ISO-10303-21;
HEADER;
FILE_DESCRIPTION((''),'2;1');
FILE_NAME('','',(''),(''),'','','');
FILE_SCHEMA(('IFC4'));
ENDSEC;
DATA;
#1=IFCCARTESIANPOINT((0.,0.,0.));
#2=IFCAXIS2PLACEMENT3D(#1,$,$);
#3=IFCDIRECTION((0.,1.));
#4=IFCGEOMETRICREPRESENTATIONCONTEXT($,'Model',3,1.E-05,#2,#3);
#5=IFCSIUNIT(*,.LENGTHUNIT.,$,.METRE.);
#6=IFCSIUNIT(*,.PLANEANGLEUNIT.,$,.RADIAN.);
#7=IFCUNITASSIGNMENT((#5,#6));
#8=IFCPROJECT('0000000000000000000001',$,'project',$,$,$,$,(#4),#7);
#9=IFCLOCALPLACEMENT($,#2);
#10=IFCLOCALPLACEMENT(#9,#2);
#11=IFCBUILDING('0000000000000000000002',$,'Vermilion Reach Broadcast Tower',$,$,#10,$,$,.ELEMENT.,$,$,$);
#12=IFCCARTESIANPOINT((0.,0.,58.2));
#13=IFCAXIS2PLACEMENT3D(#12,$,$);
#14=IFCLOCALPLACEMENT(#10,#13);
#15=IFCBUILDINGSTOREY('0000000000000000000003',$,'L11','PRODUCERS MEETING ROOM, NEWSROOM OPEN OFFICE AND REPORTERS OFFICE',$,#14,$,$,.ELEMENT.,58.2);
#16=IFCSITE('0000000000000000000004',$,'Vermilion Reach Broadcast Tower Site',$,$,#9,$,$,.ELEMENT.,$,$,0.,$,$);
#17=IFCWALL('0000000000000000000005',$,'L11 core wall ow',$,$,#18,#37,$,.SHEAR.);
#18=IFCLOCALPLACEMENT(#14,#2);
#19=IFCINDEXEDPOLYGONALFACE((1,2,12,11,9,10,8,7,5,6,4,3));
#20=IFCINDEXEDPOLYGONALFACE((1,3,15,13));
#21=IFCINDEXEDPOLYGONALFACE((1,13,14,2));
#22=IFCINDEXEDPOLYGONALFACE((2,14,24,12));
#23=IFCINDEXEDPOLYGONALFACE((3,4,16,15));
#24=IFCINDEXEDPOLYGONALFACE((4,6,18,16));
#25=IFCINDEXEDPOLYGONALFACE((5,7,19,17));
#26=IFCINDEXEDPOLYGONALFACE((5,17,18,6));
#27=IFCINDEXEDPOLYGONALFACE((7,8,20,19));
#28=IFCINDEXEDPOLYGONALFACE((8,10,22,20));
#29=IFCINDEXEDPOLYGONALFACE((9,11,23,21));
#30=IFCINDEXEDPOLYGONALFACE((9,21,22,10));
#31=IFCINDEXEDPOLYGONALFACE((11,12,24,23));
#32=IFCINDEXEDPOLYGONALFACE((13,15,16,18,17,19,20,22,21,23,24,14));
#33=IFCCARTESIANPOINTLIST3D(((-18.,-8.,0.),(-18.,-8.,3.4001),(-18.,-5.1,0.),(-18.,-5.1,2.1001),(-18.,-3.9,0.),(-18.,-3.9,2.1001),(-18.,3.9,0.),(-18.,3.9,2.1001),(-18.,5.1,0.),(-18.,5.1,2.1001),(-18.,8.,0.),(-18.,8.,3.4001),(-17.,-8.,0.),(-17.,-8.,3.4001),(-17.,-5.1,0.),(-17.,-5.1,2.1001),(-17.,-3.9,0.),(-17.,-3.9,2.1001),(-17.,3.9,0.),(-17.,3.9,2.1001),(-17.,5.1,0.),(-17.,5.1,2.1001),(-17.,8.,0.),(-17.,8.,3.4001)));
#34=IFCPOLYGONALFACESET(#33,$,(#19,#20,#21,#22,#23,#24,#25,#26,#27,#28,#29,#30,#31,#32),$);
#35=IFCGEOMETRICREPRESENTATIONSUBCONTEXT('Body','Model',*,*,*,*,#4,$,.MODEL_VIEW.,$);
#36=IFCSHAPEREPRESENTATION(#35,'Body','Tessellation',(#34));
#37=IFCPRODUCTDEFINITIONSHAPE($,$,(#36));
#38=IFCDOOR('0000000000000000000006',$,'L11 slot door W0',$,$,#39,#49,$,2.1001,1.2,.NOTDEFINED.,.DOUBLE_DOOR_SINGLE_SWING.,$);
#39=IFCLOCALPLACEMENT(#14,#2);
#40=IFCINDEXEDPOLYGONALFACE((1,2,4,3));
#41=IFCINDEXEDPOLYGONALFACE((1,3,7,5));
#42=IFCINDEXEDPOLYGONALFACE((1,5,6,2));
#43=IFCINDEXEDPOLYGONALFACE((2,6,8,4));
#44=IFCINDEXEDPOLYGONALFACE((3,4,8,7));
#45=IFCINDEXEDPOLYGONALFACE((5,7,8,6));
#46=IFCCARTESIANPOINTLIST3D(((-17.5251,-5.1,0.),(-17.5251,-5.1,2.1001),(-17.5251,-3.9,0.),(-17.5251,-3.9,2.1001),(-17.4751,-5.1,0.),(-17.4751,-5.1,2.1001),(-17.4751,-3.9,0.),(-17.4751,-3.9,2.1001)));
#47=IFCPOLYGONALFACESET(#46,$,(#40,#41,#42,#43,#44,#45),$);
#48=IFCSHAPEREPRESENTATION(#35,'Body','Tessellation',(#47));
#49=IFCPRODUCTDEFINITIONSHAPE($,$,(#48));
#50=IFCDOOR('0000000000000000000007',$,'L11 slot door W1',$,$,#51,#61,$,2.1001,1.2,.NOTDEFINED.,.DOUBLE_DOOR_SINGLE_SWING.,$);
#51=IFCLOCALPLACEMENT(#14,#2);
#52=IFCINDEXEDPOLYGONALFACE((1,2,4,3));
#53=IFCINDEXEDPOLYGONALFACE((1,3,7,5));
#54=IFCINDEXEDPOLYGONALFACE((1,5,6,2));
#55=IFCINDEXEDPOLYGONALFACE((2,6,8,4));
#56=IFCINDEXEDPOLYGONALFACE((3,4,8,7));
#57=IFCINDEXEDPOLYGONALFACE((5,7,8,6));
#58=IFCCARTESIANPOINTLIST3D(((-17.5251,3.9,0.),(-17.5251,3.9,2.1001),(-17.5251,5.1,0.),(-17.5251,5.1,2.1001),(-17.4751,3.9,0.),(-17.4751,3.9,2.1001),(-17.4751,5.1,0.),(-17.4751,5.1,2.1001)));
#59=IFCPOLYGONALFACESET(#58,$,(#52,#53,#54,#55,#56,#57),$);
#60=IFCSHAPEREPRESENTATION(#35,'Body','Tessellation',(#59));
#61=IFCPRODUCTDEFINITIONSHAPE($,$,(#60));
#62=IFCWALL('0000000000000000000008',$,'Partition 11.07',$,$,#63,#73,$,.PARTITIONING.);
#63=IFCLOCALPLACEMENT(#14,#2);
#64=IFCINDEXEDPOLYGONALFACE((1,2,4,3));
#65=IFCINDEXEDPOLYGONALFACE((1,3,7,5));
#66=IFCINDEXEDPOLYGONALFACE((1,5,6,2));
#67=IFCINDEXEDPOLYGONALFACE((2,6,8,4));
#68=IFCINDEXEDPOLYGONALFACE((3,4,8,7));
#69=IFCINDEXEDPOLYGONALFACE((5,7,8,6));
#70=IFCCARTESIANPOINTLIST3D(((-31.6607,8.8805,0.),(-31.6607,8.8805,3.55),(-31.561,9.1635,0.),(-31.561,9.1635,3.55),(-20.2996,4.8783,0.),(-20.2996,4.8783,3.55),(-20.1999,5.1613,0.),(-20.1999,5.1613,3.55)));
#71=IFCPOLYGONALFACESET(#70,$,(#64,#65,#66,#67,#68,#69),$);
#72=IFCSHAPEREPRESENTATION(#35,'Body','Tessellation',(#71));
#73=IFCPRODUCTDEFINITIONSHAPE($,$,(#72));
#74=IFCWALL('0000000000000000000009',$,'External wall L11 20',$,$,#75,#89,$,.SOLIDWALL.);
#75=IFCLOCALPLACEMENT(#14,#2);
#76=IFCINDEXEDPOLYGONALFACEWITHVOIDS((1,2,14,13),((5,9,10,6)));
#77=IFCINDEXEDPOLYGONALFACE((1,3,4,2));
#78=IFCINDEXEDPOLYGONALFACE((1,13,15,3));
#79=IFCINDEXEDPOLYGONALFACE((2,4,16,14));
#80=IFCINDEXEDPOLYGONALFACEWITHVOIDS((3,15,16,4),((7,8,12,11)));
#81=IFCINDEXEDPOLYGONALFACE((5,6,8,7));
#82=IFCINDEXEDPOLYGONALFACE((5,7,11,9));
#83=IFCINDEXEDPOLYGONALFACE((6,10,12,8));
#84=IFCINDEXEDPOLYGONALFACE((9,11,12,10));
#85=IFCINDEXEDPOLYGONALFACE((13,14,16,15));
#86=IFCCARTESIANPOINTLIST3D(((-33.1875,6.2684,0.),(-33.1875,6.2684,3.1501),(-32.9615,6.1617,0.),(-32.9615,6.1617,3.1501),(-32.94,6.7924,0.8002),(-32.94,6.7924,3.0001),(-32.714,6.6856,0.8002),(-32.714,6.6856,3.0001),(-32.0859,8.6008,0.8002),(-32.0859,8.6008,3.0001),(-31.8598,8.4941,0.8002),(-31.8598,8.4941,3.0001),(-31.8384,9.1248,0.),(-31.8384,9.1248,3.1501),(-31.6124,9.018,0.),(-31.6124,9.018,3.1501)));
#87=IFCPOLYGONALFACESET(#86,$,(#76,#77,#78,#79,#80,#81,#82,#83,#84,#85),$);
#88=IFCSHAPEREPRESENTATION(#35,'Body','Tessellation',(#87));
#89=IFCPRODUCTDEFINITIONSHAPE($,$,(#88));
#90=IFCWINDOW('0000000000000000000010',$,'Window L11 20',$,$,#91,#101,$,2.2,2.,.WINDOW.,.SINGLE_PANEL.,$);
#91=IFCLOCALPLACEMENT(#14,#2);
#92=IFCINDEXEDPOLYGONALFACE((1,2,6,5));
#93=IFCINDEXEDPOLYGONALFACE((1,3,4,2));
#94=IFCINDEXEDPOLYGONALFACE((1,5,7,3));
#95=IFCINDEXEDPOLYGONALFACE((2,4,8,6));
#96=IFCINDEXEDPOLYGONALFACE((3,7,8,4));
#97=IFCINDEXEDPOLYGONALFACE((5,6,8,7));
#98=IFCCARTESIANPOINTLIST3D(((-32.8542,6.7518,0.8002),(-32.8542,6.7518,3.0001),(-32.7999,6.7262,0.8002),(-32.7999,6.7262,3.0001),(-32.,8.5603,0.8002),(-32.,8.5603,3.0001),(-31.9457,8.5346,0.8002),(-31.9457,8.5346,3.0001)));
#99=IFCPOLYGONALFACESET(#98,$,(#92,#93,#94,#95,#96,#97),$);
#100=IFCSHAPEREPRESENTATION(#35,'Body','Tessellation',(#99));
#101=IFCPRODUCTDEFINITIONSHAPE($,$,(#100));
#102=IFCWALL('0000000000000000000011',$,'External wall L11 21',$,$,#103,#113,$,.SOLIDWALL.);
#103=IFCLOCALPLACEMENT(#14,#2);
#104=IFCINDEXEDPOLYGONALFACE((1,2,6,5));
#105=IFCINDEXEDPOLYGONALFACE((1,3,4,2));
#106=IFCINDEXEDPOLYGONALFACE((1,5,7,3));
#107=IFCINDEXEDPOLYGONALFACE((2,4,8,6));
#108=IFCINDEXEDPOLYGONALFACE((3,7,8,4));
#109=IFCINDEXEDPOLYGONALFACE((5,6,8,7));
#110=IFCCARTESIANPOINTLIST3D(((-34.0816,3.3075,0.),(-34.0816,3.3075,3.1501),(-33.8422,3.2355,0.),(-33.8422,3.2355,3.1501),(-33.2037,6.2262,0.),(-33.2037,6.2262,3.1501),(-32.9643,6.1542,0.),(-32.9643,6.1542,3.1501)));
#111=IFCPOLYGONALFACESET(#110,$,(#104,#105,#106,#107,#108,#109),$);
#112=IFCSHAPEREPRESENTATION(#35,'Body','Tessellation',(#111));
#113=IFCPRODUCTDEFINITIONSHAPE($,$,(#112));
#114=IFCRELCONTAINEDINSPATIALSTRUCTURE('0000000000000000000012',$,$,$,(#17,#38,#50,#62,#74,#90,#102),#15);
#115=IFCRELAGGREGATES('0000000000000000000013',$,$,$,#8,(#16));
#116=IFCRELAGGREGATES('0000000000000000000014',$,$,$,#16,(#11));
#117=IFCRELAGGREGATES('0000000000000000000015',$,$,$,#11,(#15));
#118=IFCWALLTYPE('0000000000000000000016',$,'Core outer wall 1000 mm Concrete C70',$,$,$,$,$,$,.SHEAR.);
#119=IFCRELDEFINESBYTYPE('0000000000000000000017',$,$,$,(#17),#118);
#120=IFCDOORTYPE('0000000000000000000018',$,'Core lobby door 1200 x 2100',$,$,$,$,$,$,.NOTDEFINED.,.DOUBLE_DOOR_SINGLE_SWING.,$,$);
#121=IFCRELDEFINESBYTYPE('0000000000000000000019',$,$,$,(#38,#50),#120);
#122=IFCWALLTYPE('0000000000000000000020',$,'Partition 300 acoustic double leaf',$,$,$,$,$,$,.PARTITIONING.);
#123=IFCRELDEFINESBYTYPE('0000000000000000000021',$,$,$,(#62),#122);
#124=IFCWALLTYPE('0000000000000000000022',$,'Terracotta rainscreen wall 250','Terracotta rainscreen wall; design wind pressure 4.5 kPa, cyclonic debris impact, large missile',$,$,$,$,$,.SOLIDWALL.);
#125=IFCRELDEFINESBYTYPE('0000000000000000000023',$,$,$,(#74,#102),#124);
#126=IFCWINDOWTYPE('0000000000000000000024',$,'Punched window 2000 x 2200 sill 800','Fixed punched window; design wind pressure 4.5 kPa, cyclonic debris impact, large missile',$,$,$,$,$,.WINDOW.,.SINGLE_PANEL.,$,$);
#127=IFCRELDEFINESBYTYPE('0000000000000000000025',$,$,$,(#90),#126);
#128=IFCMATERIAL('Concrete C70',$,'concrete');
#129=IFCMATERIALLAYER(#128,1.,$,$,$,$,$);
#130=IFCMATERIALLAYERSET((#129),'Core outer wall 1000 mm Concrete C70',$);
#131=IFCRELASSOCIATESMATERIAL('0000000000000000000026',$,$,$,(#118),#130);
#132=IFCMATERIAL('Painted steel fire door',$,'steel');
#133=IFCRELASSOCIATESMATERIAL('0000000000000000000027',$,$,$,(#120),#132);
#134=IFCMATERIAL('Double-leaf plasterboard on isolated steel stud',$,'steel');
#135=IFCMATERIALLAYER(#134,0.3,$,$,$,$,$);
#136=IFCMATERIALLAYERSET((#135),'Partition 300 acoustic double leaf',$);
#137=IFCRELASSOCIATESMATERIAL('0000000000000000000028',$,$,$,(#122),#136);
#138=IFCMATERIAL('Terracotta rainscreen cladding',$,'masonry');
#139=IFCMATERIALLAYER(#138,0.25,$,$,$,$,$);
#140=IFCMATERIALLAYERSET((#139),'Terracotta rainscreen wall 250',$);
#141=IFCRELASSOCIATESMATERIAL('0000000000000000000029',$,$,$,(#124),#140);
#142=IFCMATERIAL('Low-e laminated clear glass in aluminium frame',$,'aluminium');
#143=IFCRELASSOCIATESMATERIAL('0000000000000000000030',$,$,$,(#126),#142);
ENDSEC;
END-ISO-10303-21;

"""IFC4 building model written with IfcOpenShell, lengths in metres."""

from ifc_helpers import new_model, si_unit, direction, frame, frame_2d, origin, place, context, subcontext, project, spatial, rectangle, extrude, material, layer, layer_set, type_object, element, fill, save


model = new_model("IFC4")

# Units and contexts
model_context = context("Model", 3, precision=1e-05, world=origin(), true_north=direction((0.0, 1.0)))
body_context = subcontext(model_context, "Body", "Model", "MODEL_VIEW")
ifc_project = project(units=[si_unit("LENGTHUNIT", "METRE"), si_unit("PLANEANGLEUNIT", "RADIAN")], contexts=[model_context])

# Site, building, storey
site_placement = place(None, origin())
site = spatial("IfcSite", under=ifc_project, at=site_placement, Name="Vermilion Reach Broadcast Tower Site", CompositionType="ELEMENT", RefElevation=0.0)
building_placement = place(site_placement, origin())
building = spatial("IfcBuilding", under=site, at=building_placement, Name="Vermilion Reach Broadcast Tower", CompositionType="ELEMENT")
storey_placement = place(building_placement, frame((0.0, 0.0, 58.2)))
storey = spatial("IfcBuildingStorey", under=building, at=storey_placement, Name="L11", Description="PRODUCERS MEETING ROOM, NEWSROOM OPEN OFFICE AND REPORTERS OFFICE", CompositionType="ELEMENT", Elevation=58.2)

# Wall, openings, doors
ifc_material_1 = material(Name="Concrete C70", Category="concrete")
ifc_layer_1 = layer(ifc_material_1, 1.0)
ifc_layer_set_1 = layer_set([ifc_layer_1], Name="Core outer wall 1000 mm Concrete C70")
wall_type_1 = type_object("IfcWallType", Name="Core outer wall 1000 mm Concrete C70", PredefinedType="SHEAR", material=ifc_layer_set_1)
wall_1_placement = place(storey_placement, frame((-17.5, 8.0, 0.0), z_axis=(0.0, 0.0, 1.0), x_axis=(0.0, -1.0, 0.0)))
wall_1 = element("IfcWall", 1, at=wall_1_placement, inside=storey, type_object=wall_type_1, Name="L11 core wall ow", PredefinedType="SHEAR", context=body_context, shape_type="SweptSolid", body=[
    extrude(rectangle(XDim=16.0, YDim=1.0, at=frame_2d((8.0, 0.0))), origin(), (0.0, 0.0, 1.0), 3.4001),
])
opening_1_placement = place(wall_1_placement, frame((11.8999, 0.0, 0.0)))
opening_1 = element("IfcOpeningElement", 2, at=opening_1_placement, cuts=wall_1, PredefinedType="OPENING", context=body_context, shape_type="SweptSolid", body=[
    extrude(rectangle(XDim=1.2, YDim=2.1001, at=frame_2d((0.6001, 1.05))), frame((0.0, 0.51, 0.0), z_axis=(0.0, -1.0, 0.0), x_axis=(1.0, 0.0, 0.0)), (0.0, 0.0, 1.0), 1.02),
])
opening_2_placement = place(wall_1_placement, frame((2.8999, 0.0, 0.0)))
opening_2 = element("IfcOpeningElement", 3, at=opening_2_placement, cuts=wall_1, PredefinedType="OPENING", context=body_context, shape_type="SweptSolid", body=[
    extrude(rectangle(XDim=1.2, YDim=2.1001, at=frame_2d((0.6001, 1.05))), frame((0.0, 0.51, 0.0), z_axis=(0.0, -1.0, 0.0), x_axis=(1.0, 0.0, 0.0)), (0.0, 0.0, 1.0), 1.02),
])
ifc_material_2 = material(Name="Painted steel fire door", Category="steel")
door_type_1 = type_object("IfcDoorType", Name="Core lobby door 1200 x 2100", OperationType="DOUBLE_DOOR_SINGLE_SWING", PredefinedType="NOTDEFINED", material=ifc_material_2)
door_1_placement = place(opening_1_placement, origin())
door_1 = element("IfcDoor", 4, at=door_1_placement, inside=storey, type_object=door_type_1, Name="L11 slot door W0", OperationType="DOUBLE_DOOR_SINGLE_SWING", OverallHeight=2.1001, OverallWidth=1.2, PredefinedType="NOTDEFINED", context=body_context, shape_type="SweptSolid", body=[
    extrude(rectangle(XDim=1.2, YDim=2.1001, at=frame_2d((0.6001, 1.05))), frame((0.0, 0.0249, 0.0), z_axis=(0.0, -1.0, 0.0), x_axis=(1.0, 0.0, 0.0)), (0.0, 0.0, 1.0), 0.05),
])
fill(opening_1, door_1)
door_2_placement = place(opening_2_placement, origin())
door_2 = element("IfcDoor", 5, at=door_2_placement, inside=storey, type_object=door_type_1, Name="L11 slot door W1", OperationType="DOUBLE_DOOR_SINGLE_SWING", OverallHeight=2.1001, OverallWidth=1.2, PredefinedType="NOTDEFINED", context=body_context, shape_type="SweptSolid", body=[
    extrude(rectangle(XDim=1.2, YDim=2.1001, at=frame_2d((0.6001, 1.05))), frame((0.0, 0.0249, 0.0), z_axis=(0.0, -1.0, 0.0), x_axis=(1.0, 0.0, 0.0)), (0.0, 0.0, 1.0), 0.05),
])
fill(opening_2, door_2)

# Wall
ifc_material_3 = material(Name="Double-leaf plasterboard on isolated steel stud", Category="steel")
ifc_layer_2 = layer(ifc_material_3, 0.3)
ifc_layer_set_2 = layer_set([ifc_layer_2], Name="Partition 300 acoustic double leaf")
wall_type_2 = type_object("IfcWallType", Name="Partition 300 acoustic double leaf", PredefinedType="PARTITIONING", material=ifc_layer_set_2)
wall_2_placement = place(storey_placement, frame((-31.6108, 9.022, 0.0), z_axis=(0.0, 0.0, 1.0), x_axis=(0.943188, -0.332259, 0.0)))
element("IfcWall", 6, at=wall_2_placement, inside=storey, type_object=wall_type_2, Name="Partition 11.07", PredefinedType="PARTITIONING", context=body_context, shape_type="SweptSolid", body=[
    extrude(rectangle(XDim=12.0454, YDim=0.3, at=frame_2d((6.0227, 0.0))), origin(), (0.0, 0.0, 1.0), 3.55),
])

# Wall, opening, window
ifc_material_4 = material(Name="Terracotta rainscreen cladding", Category="masonry")
ifc_layer_3 = layer(ifc_material_4, 0.25)
ifc_layer_set_3 = layer_set([ifc_layer_3], Name="Terracotta rainscreen wall 250")
wall_type_3 = type_object("IfcWallType", Name="Terracotta rainscreen wall 250", Description="Terracotta rainscreen wall; design wind pressure 4.5 kPa, cyclonic debris impact, large missile", PredefinedType="SOLIDWALL", material=ifc_layer_set_3)
wall_3_placement = place(storey_placement, frame((-31.7253, 9.0715, 0.0), z_axis=(0.0, 0.0, 1.0), x_axis=(-0.427069, -0.904219, 0.0)))
wall_3 = element("IfcWall", 7, at=wall_3_placement, inside=storey, type_object=wall_type_3, Name="External wall L11 20", PredefinedType="SOLIDWALL", context=body_context, shape_type="SweptSolid", body=[
    extrude(rectangle(XDim=3.1589, YDim=0.25, at=frame_2d((1.5796, 0.0))), origin(), (0.0, 0.0, 1.0), 3.1501),
])
opening_3_placement = place(wall_3_placement, frame((0.5796, 0.0, 0.8)))
opening_3 = element("IfcOpeningElement", 8, at=opening_3_placement, cuts=wall_3, PredefinedType="OPENING", context=body_context, shape_type="SweptSolid", body=[
    extrude(rectangle(XDim=2.0, YDim=2.2, at=frame_2d((1.0, 1.1001))), frame((0.0, 0.135, 0.0), z_axis=(0.0, -1.0, 0.0), x_axis=(1.0, 0.0, 0.0)), (0.0, 0.0, 1.0), 0.27),
])
ifc_material_5 = material(Name="Low-e laminated clear glass in aluminium frame", Category="aluminium")
window_type = type_object("IfcWindowType", Name="Punched window 2000 x 2200 sill 800", Description="Fixed punched window; design wind pressure 4.5 kPa, cyclonic debris impact, large missile", PartitioningType="SINGLE_PANEL", PredefinedType="WINDOW", material=ifc_material_5)
window_placement = place(opening_3_placement, origin())
window = element("IfcWindow", 9, at=window_placement, inside=storey, type_object=window_type, Name="Window L11 20", OverallHeight=2.2, OverallWidth=2.0, PartitioningType="SINGLE_PANEL", PredefinedType="WINDOW", context=body_context, shape_type="SweptSolid", body=[
    extrude(rectangle(XDim=2.0, YDim=2.2, at=frame_2d((1.0, 1.1001))), frame((0.0, 0.03, 0.0), z_axis=(0.0, -1.0, 0.0), x_axis=(1.0, 0.0, 0.0)), (0.0, 0.0, 1.0), 0.0601),
])
fill(opening_3, window)

# Wall
wall_4_placement = place(storey_placement, frame((-33.084, 6.1902, 0.0), z_axis=(0.0, 0.0, 1.0), x_axis=(-0.288046, -0.957617, 0.0)))
element("IfcWall", 10, at=wall_4_placement, inside=storey, type_object=wall_type_3, Name="External wall L11 21", PredefinedType="SOLIDWALL", context=body_context, shape_type="SweptSolid", body=[
    extrude(rectangle(XDim=3.0479, YDim=0.25, at=frame_2d((1.5239, 0.0))), origin(), (0.0, 0.0, 1.0), 3.1501),
])

save(model, "model.ifc")
